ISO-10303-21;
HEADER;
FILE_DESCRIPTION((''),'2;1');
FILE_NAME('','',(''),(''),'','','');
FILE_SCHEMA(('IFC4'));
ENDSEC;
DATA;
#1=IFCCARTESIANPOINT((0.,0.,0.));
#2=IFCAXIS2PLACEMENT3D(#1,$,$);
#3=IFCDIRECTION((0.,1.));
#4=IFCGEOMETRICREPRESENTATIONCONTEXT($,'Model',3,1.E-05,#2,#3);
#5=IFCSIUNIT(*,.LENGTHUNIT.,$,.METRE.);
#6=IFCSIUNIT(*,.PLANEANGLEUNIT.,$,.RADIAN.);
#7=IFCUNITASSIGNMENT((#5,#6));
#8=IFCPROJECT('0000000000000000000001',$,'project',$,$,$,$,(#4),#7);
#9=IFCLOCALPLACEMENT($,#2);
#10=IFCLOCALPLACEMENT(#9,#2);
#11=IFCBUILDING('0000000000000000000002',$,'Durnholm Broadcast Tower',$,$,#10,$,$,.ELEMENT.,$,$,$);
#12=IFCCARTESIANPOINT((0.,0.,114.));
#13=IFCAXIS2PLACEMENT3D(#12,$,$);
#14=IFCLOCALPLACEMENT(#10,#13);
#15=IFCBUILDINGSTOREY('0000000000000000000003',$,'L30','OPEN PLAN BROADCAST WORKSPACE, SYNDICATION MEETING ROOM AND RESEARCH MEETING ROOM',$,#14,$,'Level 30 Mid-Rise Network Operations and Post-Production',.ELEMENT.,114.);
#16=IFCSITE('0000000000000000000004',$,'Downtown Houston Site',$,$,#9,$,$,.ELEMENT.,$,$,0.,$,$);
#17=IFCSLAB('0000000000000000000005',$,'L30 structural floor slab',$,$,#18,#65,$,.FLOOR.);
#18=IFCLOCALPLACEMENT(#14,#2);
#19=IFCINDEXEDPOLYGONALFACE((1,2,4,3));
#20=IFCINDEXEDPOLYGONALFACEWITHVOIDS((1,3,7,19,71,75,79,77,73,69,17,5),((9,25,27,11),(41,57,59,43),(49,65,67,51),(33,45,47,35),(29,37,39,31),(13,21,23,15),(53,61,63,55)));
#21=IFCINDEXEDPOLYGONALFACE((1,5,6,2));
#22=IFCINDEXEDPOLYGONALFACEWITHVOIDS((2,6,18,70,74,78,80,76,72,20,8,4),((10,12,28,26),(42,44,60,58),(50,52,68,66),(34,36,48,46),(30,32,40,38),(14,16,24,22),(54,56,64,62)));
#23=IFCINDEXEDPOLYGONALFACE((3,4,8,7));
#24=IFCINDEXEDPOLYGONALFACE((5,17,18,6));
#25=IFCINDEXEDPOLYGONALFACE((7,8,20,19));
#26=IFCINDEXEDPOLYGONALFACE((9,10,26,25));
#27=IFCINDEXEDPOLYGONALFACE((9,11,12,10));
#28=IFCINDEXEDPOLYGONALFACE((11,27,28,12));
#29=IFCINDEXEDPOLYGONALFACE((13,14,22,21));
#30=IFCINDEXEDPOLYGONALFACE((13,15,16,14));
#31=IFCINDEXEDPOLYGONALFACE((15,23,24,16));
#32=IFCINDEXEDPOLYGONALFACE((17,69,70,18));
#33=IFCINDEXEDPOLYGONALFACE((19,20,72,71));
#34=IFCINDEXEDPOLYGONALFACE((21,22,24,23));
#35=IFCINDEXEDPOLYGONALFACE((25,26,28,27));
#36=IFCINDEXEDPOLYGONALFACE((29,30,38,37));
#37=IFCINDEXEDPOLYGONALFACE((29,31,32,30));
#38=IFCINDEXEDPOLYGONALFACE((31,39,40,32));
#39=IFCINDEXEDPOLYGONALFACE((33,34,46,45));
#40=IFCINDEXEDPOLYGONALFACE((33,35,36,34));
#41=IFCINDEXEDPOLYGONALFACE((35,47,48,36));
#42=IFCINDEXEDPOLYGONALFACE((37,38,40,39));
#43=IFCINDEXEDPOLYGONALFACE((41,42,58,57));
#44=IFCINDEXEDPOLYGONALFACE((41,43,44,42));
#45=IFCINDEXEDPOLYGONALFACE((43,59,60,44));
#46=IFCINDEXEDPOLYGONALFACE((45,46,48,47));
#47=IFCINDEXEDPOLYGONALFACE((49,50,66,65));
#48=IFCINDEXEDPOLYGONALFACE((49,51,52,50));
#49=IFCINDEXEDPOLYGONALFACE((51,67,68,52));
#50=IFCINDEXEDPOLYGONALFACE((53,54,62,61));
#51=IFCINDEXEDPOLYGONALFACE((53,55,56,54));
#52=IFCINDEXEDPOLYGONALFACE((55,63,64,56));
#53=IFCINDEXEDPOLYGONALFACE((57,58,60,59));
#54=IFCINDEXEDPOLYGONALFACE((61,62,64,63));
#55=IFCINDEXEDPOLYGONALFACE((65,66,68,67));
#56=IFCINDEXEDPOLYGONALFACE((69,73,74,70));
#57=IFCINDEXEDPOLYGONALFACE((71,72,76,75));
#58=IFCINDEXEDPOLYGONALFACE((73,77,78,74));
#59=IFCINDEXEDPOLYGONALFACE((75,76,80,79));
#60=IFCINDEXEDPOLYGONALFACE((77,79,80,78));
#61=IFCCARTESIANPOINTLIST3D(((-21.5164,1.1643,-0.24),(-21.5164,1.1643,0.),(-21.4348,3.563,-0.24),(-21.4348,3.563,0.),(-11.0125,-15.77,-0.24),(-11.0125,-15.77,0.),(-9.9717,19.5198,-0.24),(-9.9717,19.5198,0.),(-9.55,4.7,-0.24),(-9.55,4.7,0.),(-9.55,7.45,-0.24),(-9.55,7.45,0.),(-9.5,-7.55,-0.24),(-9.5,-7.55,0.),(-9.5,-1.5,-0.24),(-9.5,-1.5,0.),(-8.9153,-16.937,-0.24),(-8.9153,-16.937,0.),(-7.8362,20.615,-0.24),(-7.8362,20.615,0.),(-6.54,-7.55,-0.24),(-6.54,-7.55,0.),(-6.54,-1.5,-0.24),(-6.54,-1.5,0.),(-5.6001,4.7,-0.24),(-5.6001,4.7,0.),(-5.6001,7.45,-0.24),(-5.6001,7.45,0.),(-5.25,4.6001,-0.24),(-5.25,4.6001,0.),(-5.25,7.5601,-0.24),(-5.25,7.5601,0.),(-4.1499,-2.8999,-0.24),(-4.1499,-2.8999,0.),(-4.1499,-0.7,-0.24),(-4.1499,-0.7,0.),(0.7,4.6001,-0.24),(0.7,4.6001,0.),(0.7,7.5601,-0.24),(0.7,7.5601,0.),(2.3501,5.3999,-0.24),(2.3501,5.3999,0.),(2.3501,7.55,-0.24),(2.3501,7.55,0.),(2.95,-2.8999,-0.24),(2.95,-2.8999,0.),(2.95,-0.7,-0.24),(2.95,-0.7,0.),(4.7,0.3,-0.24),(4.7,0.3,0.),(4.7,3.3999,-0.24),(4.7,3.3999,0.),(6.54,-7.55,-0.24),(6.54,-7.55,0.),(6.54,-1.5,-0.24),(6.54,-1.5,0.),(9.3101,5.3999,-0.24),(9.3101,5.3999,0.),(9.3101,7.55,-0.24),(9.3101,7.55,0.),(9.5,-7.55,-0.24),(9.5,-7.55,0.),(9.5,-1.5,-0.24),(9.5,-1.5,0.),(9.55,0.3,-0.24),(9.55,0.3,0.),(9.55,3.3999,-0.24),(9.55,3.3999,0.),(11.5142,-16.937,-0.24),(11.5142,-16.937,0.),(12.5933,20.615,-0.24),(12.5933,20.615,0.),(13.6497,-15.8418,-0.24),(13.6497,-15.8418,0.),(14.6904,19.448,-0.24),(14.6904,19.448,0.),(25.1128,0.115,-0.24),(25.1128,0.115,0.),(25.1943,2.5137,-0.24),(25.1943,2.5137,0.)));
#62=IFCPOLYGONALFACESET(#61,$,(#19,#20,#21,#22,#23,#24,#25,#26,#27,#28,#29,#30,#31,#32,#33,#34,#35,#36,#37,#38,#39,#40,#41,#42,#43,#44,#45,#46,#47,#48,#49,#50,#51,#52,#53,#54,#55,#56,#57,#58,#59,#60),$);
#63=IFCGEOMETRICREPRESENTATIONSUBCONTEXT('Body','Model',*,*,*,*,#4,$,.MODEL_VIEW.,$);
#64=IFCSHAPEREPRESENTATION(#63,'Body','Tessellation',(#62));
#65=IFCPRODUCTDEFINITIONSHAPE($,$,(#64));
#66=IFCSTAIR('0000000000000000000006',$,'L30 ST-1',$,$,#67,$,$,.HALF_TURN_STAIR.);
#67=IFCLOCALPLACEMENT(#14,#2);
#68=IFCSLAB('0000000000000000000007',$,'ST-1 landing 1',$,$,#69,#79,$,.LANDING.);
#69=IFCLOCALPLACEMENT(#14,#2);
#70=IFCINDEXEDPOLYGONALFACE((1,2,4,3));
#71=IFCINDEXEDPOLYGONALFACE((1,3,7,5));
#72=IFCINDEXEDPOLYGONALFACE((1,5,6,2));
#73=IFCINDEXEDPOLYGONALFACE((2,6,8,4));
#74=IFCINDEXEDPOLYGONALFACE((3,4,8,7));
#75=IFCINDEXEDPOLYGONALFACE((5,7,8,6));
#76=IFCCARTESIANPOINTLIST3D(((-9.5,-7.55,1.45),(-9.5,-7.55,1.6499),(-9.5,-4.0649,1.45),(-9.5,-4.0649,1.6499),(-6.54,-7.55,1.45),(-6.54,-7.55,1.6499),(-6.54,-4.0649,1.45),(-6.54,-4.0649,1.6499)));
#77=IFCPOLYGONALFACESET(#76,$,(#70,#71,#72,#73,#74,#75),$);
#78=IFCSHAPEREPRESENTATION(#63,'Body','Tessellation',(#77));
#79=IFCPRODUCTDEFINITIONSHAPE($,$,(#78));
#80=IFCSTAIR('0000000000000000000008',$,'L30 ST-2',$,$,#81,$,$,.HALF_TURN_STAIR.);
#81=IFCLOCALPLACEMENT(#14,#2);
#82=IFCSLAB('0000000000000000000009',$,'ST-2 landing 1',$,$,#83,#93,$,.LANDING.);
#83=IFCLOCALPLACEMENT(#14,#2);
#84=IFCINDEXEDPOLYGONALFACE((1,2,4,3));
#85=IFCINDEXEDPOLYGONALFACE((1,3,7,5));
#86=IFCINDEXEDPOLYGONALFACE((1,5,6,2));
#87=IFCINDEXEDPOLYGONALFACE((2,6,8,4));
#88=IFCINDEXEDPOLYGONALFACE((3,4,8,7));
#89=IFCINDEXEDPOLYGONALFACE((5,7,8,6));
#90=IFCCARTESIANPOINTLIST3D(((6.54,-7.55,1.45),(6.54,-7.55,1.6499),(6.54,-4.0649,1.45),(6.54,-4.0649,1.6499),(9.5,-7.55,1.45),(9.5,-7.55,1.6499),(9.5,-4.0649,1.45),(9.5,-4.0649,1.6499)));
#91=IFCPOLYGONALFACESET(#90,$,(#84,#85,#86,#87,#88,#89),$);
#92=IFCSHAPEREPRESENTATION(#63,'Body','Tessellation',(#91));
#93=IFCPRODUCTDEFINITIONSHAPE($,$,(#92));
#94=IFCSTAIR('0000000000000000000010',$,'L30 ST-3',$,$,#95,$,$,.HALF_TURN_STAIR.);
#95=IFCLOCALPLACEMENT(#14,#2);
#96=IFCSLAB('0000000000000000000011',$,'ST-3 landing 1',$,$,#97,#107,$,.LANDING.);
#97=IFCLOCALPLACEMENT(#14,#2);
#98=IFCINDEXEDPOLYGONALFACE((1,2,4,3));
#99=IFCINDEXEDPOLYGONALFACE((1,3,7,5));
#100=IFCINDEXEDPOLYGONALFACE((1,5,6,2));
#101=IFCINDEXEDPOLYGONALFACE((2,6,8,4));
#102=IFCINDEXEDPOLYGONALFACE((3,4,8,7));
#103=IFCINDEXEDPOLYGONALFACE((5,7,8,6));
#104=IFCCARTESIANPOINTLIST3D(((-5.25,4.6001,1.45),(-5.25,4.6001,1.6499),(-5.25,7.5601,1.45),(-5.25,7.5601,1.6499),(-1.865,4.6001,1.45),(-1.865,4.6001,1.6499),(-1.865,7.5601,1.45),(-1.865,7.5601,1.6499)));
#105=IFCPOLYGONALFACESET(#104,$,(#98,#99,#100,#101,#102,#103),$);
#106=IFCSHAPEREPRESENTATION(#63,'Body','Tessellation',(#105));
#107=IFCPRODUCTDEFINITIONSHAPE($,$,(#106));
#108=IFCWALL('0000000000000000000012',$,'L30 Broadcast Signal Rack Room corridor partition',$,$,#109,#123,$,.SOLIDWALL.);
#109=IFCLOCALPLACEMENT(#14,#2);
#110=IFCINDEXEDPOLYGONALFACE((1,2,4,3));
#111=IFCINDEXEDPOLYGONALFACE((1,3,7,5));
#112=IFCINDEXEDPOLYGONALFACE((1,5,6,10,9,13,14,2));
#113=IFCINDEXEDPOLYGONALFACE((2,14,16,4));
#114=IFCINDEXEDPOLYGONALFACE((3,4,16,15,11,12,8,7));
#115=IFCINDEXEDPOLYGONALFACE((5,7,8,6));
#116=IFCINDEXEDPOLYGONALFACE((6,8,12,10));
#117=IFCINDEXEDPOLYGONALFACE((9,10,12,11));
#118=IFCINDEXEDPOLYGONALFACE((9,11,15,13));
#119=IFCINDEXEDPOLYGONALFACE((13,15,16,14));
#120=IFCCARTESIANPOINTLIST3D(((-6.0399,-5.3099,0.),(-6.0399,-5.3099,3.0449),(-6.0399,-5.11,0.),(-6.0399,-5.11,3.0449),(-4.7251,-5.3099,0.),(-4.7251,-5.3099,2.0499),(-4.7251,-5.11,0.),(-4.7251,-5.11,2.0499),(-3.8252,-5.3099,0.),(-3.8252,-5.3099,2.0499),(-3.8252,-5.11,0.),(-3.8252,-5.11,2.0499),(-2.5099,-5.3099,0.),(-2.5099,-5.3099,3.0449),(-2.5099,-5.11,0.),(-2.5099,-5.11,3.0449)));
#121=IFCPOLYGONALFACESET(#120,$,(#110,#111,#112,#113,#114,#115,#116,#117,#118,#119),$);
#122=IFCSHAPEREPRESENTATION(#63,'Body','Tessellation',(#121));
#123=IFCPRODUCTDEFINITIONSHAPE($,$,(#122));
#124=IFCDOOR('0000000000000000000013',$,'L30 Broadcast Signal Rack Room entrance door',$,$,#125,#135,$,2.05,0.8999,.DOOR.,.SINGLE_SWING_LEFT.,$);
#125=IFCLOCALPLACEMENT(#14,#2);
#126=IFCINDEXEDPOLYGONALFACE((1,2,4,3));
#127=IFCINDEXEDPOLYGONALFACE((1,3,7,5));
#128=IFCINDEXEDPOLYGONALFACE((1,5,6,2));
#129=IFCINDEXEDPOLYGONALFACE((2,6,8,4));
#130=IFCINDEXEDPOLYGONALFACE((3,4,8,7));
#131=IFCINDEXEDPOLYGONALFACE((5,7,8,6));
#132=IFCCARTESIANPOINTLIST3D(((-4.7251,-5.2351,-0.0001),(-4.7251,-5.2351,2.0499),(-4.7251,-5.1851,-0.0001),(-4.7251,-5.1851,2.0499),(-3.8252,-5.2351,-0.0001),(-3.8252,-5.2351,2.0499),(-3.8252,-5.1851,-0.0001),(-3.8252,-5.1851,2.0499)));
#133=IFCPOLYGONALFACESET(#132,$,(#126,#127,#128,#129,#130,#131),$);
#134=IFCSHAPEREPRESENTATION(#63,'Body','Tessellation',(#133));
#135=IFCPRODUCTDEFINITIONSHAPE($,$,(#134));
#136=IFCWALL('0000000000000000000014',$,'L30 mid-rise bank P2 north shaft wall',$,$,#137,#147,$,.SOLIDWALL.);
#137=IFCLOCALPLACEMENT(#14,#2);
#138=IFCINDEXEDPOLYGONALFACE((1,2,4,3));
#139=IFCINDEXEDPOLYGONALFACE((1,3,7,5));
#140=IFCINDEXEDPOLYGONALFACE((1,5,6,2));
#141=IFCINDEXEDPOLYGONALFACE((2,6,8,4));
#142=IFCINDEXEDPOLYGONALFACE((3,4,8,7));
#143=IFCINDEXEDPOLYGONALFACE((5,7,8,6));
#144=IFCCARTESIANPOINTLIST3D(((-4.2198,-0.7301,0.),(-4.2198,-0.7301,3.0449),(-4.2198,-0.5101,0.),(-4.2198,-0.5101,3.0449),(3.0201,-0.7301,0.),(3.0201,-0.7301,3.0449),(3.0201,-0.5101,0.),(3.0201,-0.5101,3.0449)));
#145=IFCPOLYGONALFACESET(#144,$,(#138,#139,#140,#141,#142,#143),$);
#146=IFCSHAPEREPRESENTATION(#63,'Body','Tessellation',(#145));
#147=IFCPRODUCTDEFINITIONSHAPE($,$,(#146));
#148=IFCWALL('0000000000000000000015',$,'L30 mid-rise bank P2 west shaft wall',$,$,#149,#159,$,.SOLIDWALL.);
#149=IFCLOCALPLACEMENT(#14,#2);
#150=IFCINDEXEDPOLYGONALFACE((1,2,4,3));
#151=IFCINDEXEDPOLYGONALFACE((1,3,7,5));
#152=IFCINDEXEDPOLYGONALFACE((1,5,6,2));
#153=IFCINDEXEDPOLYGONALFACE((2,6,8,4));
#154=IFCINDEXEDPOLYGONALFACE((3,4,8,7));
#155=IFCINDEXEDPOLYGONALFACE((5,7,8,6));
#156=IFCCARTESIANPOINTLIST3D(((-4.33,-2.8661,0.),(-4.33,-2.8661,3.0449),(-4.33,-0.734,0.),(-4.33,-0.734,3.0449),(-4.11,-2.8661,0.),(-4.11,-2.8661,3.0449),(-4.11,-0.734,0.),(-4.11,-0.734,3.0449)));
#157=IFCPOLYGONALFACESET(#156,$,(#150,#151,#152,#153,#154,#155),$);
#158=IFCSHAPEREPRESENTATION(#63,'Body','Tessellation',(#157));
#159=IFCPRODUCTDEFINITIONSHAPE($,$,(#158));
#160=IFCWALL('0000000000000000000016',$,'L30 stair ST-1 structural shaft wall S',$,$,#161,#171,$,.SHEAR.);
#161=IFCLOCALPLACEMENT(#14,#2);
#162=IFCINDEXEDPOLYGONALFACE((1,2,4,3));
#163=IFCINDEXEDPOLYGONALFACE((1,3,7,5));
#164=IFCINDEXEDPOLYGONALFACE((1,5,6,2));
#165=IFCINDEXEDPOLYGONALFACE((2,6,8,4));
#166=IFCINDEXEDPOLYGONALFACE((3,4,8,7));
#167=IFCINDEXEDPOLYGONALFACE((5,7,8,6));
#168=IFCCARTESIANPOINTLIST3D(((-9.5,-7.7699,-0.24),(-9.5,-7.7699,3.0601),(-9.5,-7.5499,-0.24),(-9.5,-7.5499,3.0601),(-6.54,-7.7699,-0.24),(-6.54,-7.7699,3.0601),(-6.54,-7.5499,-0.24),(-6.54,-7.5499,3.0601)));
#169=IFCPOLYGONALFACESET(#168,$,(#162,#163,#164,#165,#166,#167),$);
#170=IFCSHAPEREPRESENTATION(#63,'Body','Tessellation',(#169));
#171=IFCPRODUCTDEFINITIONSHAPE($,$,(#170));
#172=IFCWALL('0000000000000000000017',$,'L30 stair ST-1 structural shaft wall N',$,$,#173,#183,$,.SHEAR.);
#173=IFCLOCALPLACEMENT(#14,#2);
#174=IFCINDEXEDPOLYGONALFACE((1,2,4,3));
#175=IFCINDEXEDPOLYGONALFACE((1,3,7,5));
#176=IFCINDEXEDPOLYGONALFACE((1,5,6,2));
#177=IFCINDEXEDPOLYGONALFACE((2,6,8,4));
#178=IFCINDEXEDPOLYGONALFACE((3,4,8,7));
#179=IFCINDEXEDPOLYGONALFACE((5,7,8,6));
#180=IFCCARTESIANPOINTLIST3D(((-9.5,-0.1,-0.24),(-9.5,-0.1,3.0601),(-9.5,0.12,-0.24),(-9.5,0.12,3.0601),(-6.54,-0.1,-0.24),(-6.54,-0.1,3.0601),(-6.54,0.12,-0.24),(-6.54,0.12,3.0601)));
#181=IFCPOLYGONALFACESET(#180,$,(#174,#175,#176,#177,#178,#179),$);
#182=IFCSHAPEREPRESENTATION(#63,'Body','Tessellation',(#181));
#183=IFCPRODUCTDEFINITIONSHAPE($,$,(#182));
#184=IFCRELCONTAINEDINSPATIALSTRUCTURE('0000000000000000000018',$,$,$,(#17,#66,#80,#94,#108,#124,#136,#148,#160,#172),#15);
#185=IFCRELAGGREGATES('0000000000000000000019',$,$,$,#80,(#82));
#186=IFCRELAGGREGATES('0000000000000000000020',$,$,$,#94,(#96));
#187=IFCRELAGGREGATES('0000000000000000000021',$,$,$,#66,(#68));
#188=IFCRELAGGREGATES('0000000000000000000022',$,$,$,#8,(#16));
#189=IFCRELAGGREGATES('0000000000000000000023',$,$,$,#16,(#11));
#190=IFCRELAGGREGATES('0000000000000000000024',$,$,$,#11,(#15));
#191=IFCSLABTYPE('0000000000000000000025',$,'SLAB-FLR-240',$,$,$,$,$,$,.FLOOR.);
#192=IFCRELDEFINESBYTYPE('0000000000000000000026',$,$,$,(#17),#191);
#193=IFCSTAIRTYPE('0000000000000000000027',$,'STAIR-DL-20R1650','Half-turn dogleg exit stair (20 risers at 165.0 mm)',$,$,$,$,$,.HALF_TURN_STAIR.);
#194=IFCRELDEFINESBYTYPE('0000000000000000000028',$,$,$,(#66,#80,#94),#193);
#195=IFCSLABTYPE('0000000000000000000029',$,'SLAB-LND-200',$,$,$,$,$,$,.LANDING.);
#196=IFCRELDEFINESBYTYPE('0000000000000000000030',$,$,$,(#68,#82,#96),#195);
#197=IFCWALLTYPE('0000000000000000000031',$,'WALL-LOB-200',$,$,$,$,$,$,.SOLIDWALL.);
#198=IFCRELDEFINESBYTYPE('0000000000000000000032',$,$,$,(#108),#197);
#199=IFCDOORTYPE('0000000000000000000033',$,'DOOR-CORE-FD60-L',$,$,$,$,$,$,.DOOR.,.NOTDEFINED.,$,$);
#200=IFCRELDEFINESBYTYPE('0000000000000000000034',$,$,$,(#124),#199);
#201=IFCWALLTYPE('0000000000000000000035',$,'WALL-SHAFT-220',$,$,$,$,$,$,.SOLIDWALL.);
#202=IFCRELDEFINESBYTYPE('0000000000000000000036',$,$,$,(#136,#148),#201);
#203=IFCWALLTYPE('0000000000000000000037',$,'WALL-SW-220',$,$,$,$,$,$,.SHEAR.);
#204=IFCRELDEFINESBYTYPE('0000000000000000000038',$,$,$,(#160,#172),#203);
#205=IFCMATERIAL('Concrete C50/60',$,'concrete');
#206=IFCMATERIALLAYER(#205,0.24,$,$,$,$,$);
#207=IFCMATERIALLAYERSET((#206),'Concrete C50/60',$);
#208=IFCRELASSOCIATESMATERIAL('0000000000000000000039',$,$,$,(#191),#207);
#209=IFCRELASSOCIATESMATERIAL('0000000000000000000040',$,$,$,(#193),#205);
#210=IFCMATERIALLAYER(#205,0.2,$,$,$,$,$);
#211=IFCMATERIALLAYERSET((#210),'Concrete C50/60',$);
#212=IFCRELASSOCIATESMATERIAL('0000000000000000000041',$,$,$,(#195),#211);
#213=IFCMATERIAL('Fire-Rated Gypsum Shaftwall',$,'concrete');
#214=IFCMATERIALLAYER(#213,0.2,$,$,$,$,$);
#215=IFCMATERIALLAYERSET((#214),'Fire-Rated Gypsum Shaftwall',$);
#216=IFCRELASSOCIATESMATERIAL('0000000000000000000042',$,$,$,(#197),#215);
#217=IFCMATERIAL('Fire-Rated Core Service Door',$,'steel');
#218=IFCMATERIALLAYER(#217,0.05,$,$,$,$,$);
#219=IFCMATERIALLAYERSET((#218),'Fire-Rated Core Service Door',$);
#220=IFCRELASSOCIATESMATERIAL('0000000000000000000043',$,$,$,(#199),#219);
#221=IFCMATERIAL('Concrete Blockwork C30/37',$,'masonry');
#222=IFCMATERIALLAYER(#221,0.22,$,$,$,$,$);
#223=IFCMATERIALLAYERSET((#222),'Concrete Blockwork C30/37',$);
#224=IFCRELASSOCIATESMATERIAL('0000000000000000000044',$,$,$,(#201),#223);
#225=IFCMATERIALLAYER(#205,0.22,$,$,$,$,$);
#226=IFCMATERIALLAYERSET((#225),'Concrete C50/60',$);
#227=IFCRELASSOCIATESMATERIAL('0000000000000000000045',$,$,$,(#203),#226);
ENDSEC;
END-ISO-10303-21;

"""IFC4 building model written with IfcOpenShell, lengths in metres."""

from ifc_helpers import new_model, si_unit, direction, frame, frame_2d, origin, place, context, subcontext, project, spatial, polyline, rectangle, outline, extrude, source, transform, mapped, material, layer, layer_set, type_object, type_shapes, element, fill, aggregate, save


model = new_model("IFC4")

# Units and contexts
model_context = context("Model", 3, precision=1e-05, world=origin(), true_north=direction((0.0, 1.0)))
body_context = subcontext(model_context, "Body", "Model", "MODEL_VIEW")
ifc_project = project(units=[si_unit("LENGTHUNIT", "METRE"), si_unit("PLANEANGLEUNIT", "RADIAN")], contexts=[model_context])

# Site, building, storey
site_placement = place(None, origin())
site = spatial("IfcSite", under=ifc_project, at=site_placement, Name="Downtown Houston Site", CompositionType="ELEMENT", RefElevation=0.0)
building_placement = place(site_placement, origin())
building = spatial("IfcBuilding", under=site, at=building_placement, Name="Durnholm Broadcast Tower", CompositionType="ELEMENT")
storey_placement = place(building_placement, frame((0.0, 0.0, 114.0)))
storey = spatial("IfcBuildingStorey", under=building, at=storey_placement, Name="L30", Description="OPEN PLAN BROADCAST WORKSPACE, SYNDICATION MEETING ROOM AND RESEARCH MEETING ROOM", LongName="Level 30 Mid-Rise Network Operations and Post-Production", CompositionType="ELEMENT", Elevation=114.0)

# Slab
ifc_material_1 = material(Name="Concrete C50/60", Category="concrete")
ifc_layer_1 = layer(ifc_material_1, 0.24)
ifc_layer_set_1 = layer_set([ifc_layer_1], Name="Concrete C50/60")
slab_type_1 = type_object("IfcSlabType", Name="SLAB-FLR-240", PredefinedType="FLOOR", material=ifc_layer_set_1)
slab_1_placement = place(storey_placement, frame((0.0, 0.0, -0.24)))
element("IfcSlab", 1, at=slab_1_placement, inside=storey, type_object=slab_type_1, Name="L30 structural floor slab", PredefinedType="FLOOR", context=body_context, shape_type="SweptSolid", body=[
    extrude(outline(polyline([(-11.0125, -15.77), (-8.9153, -16.937), (11.5142, -16.937), (13.6497, -15.8418), (25.1128, 0.115), (25.1943, 2.5137), (14.6904, 19.448), (12.5933, 20.615), (-7.8362, 20.615), (-9.9717, 19.5198), (-21.4348, 3.563), (-21.5164, 1.1643), (-11.0125, -15.77)]), holes=[polyline([(-6.54, -1.5), (-9.5, -1.5), (-9.5, -7.55), (-6.54, -7.55), (-6.54, -1.5)]), polyline([(9.5, -7.55), (9.5, -1.5), (6.54, -1.5), (6.54, -7.55), (9.5, -7.55)]), polyline([(2.95, -0.7), (-4.1499, -0.7), (-4.1499, -2.8999), (2.95, -2.8999), (2.95, -0.7)]), polyline([(9.55, 3.3999), (4.7, 3.3999), (4.7, 0.3), (9.55, 0.3), (9.55, 3.3999)]), polyline([(-5.6001, 7.45), (-9.55, 7.45), (-9.55, 4.7), (-5.6001, 4.7), (-5.6001, 7.45)]), polyline([(-5.25, 4.6001), (0.7, 4.6001), (0.7, 7.5601), (-5.25, 7.5601), (-5.25, 4.6001)]), polyline([(9.3101, 7.55), (2.3501, 7.55), (2.3501, 5.3999), (9.3101, 5.3999), (9.3101, 7.55)])]), origin(), (0.0, 0.0, 1.0), 0.24),
])

# Stairs, slabs
stair_type = type_object("IfcStairType", Name="STAIR-DL-20R1650", Description="Half-turn dogleg exit stair (20 risers at 165.0 mm)", PredefinedType="HALF_TURN_STAIR", material=ifc_material_1)
stair_1_placement = place(storey_placement, origin())
stair_1 = element("IfcStair", 2, at=stair_1_placement, inside=storey, type_object=stair_type, Name="L30 ST-1", PredefinedType="HALF_TURN_STAIR")
ifc_layer_2 = layer(ifc_material_1, 0.2)
ifc_layer_set_2 = layer_set([ifc_layer_2], Name="Concrete C50/60")
slab_type_2 = type_object("IfcSlabType", Name="SLAB-LND-200", PredefinedType="LANDING", material=ifc_layer_set_2)
slab_2_placement = place(storey_placement, frame((0.0, 0.0, 1.45)))
slab_2 = element("IfcSlab", 3, at=slab_2_placement, type_object=slab_type_2, Name="ST-1 landing 1", PredefinedType="LANDING", context=body_context, shape_type="SweptSolid", body=[
    extrude(outline(polyline([(-9.5, -4.0649), (-9.5, -7.55), (-6.54, -7.55), (-6.54, -4.0649), (-9.5, -4.0649)])), origin(), (0.0, 0.0, 1.0), 0.2),
])
stair_2_placement = place(storey_placement, origin())
stair_2 = element("IfcStair", 4, at=stair_2_placement, inside=storey, type_object=stair_type, Name="L30 ST-2", PredefinedType="HALF_TURN_STAIR")
slab_3_placement = place(storey_placement, frame((0.0, 0.0, 1.45)))
slab_3 = element("IfcSlab", 5, at=slab_3_placement, type_object=slab_type_2, Name="ST-2 landing 1", PredefinedType="LANDING", context=body_context, shape_type="SweptSolid", body=[
    extrude(outline(polyline([(6.54, -4.0649), (6.54, -7.55), (9.5, -7.55), (9.5, -4.0649), (6.54, -4.0649)])), origin(), (0.0, 0.0, 1.0), 0.2),
])
aggregate(stair_2, [slab_3])
stair_3_placement = place(storey_placement, origin())
stair_3 = element("IfcStair", 6, at=stair_3_placement, inside=storey, type_object=stair_type, Name="L30 ST-3", PredefinedType="HALF_TURN_STAIR")
slab_4_placement = place(storey_placement, frame((0.0, 0.0, 1.45)))
slab_4 = element("IfcSlab", 7, at=slab_4_placement, type_object=slab_type_2, Name="ST-3 landing 1", PredefinedType="LANDING", context=body_context, shape_type="SweptSolid", body=[
    extrude(outline(polyline([(-1.865, 7.5601), (-5.25, 7.5601), (-5.25, 4.6001), (-1.865, 4.6001), (-1.865, 7.5601)])), origin(), (0.0, 0.0, 1.0), 0.2),
])
aggregate(stair_3, [slab_4])

# Wall, opening, door
ifc_material_2 = material(Name="Fire-Rated Gypsum Shaftwall", Category="concrete")
ifc_layer_3 = layer(ifc_material_2, 0.2)
ifc_layer_set_3 = layer_set([ifc_layer_3], Name="Fire-Rated Gypsum Shaftwall")
wall_type_1 = type_object("IfcWallType", Name="WALL-LOB-200", PredefinedType="SOLIDWALL", material=ifc_layer_set_3)
wall_1_placement = place(storey_placement, frame((-6.04, -5.21, 0.0), z_axis=(0.0, 0.0, 1.0), x_axis=(1.0, 0.0, 0.0)))
wall_1 = element("IfcWall", 8, at=wall_1_placement, inside=storey, type_object=wall_type_1, Name="L30 Broadcast Signal Rack Room corridor partition", PredefinedType="SOLIDWALL", context=body_context, shape_type="SweptSolid", body=[
    extrude(rectangle(XDim=3.53, YDim=0.2, at=frame_2d((1.7651, 0.0))), origin(), (0.0, 0.0, 1.0), 3.0449),
])
opening_1_placement = place(wall_1_placement, frame((1.3149, 0.0, 0.0)))
opening_1 = element("IfcOpeningElement", 9, at=opening_1_placement, cuts=wall_1, PredefinedType="OPENING", context=body_context, shape_type="SweptSolid", body=[
    extrude(rectangle(XDim=0.8999, YDim=2.05, at=frame_2d((0.45, 1.0249))), frame((0.0, 0.1099, 0.0), z_axis=(0.0, -1.0, 0.0), x_axis=(1.0, 0.0, 0.0)), (0.0, 0.0, 1.0), 0.22),
])
ifc_material_3 = material(Name="Fire-Rated Core Service Door", Category="steel")
ifc_layer_4 = layer(ifc_material_3, 0.05)
ifc_layer_set_4 = layer_set([ifc_layer_4], Name="Fire-Rated Core Service Door")
door_type_1 = type_object("IfcDoorType", Name="DOOR-CORE-FD60-L", OperationType="NOTDEFINED", PredefinedType="DOOR", material=ifc_layer_set_4)
shared_shape_1 = source(origin(), body_context, "Body", "SweptSolid", [
    extrude(rectangle(XDim=0.8999, YDim=2.05, at=frame_2d((0.45, 1.0249))), frame((0.0, 0.0249, 0.0), z_axis=(0.0, -1.0, 0.0), x_axis=(1.0, 0.0, 0.0)), (0.0, 0.0, 1.0), 0.05),
])
type_shapes(door_type_1, [shared_shape_1])
door_1_placement = place(opening_1_placement, origin())
door_1 = element("IfcDoor", 10, at=door_1_placement, inside=storey, type_object=door_type_1, Name="L30 Broadcast Signal Rack Room entrance door", OperationType="SINGLE_SWING_LEFT", OverallHeight=2.05, OverallWidth=0.8999, PredefinedType="DOOR", context=body_context, shape_type="MappedRepresentation", body=[
    mapped(shared_shape_1, transform((0.0, 0.0, 0.0), x_axis=(1.0, 0.0, 0.0), y_axis=(0.0, 1.0, 0.0), z_axis=(0.0, 0.0, 1.0), scale=1.0)),
])
fill(opening_1, door_1)

# Shared definitions
ifc_material_4 = material(Name="Concrete Blockwork C30/37", Category="masonry")
ifc_layer_5 = layer(ifc_material_4, 0.22)
ifc_layer_set_5 = layer_set([ifc_layer_5], Name="Concrete Blockwork C30/37")
wall_type_2 = type_object("IfcWallType", Name="WALL-SHAFT-220", PredefinedType="SOLIDWALL", material=ifc_layer_set_5)

# Walls
wall_2_placement = place(storey_placement, frame((-4.22, -0.6201, 0.0), z_axis=(0.0, 0.0, 1.0), x_axis=(1.0, 0.0, 0.0)))
element("IfcWall", 11, at=wall_2_placement, inside=storey, type_object=wall_type_2, Name="L30 mid-rise bank P2 north shaft wall", PredefinedType="SOLIDWALL", context=body_context, shape_type="SweptSolid", body=[
    extrude(rectangle(XDim=7.24, YDim=0.22, at=frame_2d((3.6201, 0.0))), origin(), (0.0, 0.0, 1.0), 3.0449),
])
wall_3_placement = place(storey_placement, frame((-4.22, -2.866, 0.0), z_axis=(0.0, 0.0, 1.0), x_axis=(0.0, 1.0, 0.0)))
element("IfcWall", 12, at=wall_3_placement, inside=storey, type_object=wall_type_2, Name="L30 mid-rise bank P2 west shaft wall", PredefinedType="SOLIDWALL", context=body_context, shape_type="SweptSolid", body=[
    extrude(rectangle(XDim=2.1321, YDim=0.22, at=frame_2d((1.0659, 0.0))), origin(), (0.0, 0.0, 1.0), 3.0449),
])
ifc_layer_6 = layer(ifc_material_1, 0.22)
ifc_layer_set_6 = layer_set([ifc_layer_6], Name="Concrete C50/60")
wall_type_3 = type_object("IfcWallType", Name="WALL-SW-220", PredefinedType="SHEAR", material=ifc_layer_set_6)
for number, where, z_axis, x_axis, name in (
    (13, (-9.5, -7.6599, -0.24), (0.0, 0.0, 1.0), (1.0, 0.0, 0.0), "L30 stair ST-1 structural shaft wall S"),
    (14, (-6.54, 0.01, -0.24), (0.0, 0.0, 1.0), (-1.0, 0.0, 0.0), "L30 stair ST-1 structural shaft wall N"),
):
    element("IfcWall", number, at=place(storey_placement, frame(where, z_axis=z_axis, x_axis=x_axis)), inside=storey, type_object=wall_type_3, Name=name, PredefinedType="SHEAR", context=body_context, shape_type="SweptSolid", body=[
        extrude(rectangle(XDim=2.96, YDim=0.22, at=frame_2d((1.48, 0.0))), origin(), (0.0, 0.0, 1.0), 3.3),
    ])

aggregate(stair_1, [slab_2])

save(model, "model.ifc")
